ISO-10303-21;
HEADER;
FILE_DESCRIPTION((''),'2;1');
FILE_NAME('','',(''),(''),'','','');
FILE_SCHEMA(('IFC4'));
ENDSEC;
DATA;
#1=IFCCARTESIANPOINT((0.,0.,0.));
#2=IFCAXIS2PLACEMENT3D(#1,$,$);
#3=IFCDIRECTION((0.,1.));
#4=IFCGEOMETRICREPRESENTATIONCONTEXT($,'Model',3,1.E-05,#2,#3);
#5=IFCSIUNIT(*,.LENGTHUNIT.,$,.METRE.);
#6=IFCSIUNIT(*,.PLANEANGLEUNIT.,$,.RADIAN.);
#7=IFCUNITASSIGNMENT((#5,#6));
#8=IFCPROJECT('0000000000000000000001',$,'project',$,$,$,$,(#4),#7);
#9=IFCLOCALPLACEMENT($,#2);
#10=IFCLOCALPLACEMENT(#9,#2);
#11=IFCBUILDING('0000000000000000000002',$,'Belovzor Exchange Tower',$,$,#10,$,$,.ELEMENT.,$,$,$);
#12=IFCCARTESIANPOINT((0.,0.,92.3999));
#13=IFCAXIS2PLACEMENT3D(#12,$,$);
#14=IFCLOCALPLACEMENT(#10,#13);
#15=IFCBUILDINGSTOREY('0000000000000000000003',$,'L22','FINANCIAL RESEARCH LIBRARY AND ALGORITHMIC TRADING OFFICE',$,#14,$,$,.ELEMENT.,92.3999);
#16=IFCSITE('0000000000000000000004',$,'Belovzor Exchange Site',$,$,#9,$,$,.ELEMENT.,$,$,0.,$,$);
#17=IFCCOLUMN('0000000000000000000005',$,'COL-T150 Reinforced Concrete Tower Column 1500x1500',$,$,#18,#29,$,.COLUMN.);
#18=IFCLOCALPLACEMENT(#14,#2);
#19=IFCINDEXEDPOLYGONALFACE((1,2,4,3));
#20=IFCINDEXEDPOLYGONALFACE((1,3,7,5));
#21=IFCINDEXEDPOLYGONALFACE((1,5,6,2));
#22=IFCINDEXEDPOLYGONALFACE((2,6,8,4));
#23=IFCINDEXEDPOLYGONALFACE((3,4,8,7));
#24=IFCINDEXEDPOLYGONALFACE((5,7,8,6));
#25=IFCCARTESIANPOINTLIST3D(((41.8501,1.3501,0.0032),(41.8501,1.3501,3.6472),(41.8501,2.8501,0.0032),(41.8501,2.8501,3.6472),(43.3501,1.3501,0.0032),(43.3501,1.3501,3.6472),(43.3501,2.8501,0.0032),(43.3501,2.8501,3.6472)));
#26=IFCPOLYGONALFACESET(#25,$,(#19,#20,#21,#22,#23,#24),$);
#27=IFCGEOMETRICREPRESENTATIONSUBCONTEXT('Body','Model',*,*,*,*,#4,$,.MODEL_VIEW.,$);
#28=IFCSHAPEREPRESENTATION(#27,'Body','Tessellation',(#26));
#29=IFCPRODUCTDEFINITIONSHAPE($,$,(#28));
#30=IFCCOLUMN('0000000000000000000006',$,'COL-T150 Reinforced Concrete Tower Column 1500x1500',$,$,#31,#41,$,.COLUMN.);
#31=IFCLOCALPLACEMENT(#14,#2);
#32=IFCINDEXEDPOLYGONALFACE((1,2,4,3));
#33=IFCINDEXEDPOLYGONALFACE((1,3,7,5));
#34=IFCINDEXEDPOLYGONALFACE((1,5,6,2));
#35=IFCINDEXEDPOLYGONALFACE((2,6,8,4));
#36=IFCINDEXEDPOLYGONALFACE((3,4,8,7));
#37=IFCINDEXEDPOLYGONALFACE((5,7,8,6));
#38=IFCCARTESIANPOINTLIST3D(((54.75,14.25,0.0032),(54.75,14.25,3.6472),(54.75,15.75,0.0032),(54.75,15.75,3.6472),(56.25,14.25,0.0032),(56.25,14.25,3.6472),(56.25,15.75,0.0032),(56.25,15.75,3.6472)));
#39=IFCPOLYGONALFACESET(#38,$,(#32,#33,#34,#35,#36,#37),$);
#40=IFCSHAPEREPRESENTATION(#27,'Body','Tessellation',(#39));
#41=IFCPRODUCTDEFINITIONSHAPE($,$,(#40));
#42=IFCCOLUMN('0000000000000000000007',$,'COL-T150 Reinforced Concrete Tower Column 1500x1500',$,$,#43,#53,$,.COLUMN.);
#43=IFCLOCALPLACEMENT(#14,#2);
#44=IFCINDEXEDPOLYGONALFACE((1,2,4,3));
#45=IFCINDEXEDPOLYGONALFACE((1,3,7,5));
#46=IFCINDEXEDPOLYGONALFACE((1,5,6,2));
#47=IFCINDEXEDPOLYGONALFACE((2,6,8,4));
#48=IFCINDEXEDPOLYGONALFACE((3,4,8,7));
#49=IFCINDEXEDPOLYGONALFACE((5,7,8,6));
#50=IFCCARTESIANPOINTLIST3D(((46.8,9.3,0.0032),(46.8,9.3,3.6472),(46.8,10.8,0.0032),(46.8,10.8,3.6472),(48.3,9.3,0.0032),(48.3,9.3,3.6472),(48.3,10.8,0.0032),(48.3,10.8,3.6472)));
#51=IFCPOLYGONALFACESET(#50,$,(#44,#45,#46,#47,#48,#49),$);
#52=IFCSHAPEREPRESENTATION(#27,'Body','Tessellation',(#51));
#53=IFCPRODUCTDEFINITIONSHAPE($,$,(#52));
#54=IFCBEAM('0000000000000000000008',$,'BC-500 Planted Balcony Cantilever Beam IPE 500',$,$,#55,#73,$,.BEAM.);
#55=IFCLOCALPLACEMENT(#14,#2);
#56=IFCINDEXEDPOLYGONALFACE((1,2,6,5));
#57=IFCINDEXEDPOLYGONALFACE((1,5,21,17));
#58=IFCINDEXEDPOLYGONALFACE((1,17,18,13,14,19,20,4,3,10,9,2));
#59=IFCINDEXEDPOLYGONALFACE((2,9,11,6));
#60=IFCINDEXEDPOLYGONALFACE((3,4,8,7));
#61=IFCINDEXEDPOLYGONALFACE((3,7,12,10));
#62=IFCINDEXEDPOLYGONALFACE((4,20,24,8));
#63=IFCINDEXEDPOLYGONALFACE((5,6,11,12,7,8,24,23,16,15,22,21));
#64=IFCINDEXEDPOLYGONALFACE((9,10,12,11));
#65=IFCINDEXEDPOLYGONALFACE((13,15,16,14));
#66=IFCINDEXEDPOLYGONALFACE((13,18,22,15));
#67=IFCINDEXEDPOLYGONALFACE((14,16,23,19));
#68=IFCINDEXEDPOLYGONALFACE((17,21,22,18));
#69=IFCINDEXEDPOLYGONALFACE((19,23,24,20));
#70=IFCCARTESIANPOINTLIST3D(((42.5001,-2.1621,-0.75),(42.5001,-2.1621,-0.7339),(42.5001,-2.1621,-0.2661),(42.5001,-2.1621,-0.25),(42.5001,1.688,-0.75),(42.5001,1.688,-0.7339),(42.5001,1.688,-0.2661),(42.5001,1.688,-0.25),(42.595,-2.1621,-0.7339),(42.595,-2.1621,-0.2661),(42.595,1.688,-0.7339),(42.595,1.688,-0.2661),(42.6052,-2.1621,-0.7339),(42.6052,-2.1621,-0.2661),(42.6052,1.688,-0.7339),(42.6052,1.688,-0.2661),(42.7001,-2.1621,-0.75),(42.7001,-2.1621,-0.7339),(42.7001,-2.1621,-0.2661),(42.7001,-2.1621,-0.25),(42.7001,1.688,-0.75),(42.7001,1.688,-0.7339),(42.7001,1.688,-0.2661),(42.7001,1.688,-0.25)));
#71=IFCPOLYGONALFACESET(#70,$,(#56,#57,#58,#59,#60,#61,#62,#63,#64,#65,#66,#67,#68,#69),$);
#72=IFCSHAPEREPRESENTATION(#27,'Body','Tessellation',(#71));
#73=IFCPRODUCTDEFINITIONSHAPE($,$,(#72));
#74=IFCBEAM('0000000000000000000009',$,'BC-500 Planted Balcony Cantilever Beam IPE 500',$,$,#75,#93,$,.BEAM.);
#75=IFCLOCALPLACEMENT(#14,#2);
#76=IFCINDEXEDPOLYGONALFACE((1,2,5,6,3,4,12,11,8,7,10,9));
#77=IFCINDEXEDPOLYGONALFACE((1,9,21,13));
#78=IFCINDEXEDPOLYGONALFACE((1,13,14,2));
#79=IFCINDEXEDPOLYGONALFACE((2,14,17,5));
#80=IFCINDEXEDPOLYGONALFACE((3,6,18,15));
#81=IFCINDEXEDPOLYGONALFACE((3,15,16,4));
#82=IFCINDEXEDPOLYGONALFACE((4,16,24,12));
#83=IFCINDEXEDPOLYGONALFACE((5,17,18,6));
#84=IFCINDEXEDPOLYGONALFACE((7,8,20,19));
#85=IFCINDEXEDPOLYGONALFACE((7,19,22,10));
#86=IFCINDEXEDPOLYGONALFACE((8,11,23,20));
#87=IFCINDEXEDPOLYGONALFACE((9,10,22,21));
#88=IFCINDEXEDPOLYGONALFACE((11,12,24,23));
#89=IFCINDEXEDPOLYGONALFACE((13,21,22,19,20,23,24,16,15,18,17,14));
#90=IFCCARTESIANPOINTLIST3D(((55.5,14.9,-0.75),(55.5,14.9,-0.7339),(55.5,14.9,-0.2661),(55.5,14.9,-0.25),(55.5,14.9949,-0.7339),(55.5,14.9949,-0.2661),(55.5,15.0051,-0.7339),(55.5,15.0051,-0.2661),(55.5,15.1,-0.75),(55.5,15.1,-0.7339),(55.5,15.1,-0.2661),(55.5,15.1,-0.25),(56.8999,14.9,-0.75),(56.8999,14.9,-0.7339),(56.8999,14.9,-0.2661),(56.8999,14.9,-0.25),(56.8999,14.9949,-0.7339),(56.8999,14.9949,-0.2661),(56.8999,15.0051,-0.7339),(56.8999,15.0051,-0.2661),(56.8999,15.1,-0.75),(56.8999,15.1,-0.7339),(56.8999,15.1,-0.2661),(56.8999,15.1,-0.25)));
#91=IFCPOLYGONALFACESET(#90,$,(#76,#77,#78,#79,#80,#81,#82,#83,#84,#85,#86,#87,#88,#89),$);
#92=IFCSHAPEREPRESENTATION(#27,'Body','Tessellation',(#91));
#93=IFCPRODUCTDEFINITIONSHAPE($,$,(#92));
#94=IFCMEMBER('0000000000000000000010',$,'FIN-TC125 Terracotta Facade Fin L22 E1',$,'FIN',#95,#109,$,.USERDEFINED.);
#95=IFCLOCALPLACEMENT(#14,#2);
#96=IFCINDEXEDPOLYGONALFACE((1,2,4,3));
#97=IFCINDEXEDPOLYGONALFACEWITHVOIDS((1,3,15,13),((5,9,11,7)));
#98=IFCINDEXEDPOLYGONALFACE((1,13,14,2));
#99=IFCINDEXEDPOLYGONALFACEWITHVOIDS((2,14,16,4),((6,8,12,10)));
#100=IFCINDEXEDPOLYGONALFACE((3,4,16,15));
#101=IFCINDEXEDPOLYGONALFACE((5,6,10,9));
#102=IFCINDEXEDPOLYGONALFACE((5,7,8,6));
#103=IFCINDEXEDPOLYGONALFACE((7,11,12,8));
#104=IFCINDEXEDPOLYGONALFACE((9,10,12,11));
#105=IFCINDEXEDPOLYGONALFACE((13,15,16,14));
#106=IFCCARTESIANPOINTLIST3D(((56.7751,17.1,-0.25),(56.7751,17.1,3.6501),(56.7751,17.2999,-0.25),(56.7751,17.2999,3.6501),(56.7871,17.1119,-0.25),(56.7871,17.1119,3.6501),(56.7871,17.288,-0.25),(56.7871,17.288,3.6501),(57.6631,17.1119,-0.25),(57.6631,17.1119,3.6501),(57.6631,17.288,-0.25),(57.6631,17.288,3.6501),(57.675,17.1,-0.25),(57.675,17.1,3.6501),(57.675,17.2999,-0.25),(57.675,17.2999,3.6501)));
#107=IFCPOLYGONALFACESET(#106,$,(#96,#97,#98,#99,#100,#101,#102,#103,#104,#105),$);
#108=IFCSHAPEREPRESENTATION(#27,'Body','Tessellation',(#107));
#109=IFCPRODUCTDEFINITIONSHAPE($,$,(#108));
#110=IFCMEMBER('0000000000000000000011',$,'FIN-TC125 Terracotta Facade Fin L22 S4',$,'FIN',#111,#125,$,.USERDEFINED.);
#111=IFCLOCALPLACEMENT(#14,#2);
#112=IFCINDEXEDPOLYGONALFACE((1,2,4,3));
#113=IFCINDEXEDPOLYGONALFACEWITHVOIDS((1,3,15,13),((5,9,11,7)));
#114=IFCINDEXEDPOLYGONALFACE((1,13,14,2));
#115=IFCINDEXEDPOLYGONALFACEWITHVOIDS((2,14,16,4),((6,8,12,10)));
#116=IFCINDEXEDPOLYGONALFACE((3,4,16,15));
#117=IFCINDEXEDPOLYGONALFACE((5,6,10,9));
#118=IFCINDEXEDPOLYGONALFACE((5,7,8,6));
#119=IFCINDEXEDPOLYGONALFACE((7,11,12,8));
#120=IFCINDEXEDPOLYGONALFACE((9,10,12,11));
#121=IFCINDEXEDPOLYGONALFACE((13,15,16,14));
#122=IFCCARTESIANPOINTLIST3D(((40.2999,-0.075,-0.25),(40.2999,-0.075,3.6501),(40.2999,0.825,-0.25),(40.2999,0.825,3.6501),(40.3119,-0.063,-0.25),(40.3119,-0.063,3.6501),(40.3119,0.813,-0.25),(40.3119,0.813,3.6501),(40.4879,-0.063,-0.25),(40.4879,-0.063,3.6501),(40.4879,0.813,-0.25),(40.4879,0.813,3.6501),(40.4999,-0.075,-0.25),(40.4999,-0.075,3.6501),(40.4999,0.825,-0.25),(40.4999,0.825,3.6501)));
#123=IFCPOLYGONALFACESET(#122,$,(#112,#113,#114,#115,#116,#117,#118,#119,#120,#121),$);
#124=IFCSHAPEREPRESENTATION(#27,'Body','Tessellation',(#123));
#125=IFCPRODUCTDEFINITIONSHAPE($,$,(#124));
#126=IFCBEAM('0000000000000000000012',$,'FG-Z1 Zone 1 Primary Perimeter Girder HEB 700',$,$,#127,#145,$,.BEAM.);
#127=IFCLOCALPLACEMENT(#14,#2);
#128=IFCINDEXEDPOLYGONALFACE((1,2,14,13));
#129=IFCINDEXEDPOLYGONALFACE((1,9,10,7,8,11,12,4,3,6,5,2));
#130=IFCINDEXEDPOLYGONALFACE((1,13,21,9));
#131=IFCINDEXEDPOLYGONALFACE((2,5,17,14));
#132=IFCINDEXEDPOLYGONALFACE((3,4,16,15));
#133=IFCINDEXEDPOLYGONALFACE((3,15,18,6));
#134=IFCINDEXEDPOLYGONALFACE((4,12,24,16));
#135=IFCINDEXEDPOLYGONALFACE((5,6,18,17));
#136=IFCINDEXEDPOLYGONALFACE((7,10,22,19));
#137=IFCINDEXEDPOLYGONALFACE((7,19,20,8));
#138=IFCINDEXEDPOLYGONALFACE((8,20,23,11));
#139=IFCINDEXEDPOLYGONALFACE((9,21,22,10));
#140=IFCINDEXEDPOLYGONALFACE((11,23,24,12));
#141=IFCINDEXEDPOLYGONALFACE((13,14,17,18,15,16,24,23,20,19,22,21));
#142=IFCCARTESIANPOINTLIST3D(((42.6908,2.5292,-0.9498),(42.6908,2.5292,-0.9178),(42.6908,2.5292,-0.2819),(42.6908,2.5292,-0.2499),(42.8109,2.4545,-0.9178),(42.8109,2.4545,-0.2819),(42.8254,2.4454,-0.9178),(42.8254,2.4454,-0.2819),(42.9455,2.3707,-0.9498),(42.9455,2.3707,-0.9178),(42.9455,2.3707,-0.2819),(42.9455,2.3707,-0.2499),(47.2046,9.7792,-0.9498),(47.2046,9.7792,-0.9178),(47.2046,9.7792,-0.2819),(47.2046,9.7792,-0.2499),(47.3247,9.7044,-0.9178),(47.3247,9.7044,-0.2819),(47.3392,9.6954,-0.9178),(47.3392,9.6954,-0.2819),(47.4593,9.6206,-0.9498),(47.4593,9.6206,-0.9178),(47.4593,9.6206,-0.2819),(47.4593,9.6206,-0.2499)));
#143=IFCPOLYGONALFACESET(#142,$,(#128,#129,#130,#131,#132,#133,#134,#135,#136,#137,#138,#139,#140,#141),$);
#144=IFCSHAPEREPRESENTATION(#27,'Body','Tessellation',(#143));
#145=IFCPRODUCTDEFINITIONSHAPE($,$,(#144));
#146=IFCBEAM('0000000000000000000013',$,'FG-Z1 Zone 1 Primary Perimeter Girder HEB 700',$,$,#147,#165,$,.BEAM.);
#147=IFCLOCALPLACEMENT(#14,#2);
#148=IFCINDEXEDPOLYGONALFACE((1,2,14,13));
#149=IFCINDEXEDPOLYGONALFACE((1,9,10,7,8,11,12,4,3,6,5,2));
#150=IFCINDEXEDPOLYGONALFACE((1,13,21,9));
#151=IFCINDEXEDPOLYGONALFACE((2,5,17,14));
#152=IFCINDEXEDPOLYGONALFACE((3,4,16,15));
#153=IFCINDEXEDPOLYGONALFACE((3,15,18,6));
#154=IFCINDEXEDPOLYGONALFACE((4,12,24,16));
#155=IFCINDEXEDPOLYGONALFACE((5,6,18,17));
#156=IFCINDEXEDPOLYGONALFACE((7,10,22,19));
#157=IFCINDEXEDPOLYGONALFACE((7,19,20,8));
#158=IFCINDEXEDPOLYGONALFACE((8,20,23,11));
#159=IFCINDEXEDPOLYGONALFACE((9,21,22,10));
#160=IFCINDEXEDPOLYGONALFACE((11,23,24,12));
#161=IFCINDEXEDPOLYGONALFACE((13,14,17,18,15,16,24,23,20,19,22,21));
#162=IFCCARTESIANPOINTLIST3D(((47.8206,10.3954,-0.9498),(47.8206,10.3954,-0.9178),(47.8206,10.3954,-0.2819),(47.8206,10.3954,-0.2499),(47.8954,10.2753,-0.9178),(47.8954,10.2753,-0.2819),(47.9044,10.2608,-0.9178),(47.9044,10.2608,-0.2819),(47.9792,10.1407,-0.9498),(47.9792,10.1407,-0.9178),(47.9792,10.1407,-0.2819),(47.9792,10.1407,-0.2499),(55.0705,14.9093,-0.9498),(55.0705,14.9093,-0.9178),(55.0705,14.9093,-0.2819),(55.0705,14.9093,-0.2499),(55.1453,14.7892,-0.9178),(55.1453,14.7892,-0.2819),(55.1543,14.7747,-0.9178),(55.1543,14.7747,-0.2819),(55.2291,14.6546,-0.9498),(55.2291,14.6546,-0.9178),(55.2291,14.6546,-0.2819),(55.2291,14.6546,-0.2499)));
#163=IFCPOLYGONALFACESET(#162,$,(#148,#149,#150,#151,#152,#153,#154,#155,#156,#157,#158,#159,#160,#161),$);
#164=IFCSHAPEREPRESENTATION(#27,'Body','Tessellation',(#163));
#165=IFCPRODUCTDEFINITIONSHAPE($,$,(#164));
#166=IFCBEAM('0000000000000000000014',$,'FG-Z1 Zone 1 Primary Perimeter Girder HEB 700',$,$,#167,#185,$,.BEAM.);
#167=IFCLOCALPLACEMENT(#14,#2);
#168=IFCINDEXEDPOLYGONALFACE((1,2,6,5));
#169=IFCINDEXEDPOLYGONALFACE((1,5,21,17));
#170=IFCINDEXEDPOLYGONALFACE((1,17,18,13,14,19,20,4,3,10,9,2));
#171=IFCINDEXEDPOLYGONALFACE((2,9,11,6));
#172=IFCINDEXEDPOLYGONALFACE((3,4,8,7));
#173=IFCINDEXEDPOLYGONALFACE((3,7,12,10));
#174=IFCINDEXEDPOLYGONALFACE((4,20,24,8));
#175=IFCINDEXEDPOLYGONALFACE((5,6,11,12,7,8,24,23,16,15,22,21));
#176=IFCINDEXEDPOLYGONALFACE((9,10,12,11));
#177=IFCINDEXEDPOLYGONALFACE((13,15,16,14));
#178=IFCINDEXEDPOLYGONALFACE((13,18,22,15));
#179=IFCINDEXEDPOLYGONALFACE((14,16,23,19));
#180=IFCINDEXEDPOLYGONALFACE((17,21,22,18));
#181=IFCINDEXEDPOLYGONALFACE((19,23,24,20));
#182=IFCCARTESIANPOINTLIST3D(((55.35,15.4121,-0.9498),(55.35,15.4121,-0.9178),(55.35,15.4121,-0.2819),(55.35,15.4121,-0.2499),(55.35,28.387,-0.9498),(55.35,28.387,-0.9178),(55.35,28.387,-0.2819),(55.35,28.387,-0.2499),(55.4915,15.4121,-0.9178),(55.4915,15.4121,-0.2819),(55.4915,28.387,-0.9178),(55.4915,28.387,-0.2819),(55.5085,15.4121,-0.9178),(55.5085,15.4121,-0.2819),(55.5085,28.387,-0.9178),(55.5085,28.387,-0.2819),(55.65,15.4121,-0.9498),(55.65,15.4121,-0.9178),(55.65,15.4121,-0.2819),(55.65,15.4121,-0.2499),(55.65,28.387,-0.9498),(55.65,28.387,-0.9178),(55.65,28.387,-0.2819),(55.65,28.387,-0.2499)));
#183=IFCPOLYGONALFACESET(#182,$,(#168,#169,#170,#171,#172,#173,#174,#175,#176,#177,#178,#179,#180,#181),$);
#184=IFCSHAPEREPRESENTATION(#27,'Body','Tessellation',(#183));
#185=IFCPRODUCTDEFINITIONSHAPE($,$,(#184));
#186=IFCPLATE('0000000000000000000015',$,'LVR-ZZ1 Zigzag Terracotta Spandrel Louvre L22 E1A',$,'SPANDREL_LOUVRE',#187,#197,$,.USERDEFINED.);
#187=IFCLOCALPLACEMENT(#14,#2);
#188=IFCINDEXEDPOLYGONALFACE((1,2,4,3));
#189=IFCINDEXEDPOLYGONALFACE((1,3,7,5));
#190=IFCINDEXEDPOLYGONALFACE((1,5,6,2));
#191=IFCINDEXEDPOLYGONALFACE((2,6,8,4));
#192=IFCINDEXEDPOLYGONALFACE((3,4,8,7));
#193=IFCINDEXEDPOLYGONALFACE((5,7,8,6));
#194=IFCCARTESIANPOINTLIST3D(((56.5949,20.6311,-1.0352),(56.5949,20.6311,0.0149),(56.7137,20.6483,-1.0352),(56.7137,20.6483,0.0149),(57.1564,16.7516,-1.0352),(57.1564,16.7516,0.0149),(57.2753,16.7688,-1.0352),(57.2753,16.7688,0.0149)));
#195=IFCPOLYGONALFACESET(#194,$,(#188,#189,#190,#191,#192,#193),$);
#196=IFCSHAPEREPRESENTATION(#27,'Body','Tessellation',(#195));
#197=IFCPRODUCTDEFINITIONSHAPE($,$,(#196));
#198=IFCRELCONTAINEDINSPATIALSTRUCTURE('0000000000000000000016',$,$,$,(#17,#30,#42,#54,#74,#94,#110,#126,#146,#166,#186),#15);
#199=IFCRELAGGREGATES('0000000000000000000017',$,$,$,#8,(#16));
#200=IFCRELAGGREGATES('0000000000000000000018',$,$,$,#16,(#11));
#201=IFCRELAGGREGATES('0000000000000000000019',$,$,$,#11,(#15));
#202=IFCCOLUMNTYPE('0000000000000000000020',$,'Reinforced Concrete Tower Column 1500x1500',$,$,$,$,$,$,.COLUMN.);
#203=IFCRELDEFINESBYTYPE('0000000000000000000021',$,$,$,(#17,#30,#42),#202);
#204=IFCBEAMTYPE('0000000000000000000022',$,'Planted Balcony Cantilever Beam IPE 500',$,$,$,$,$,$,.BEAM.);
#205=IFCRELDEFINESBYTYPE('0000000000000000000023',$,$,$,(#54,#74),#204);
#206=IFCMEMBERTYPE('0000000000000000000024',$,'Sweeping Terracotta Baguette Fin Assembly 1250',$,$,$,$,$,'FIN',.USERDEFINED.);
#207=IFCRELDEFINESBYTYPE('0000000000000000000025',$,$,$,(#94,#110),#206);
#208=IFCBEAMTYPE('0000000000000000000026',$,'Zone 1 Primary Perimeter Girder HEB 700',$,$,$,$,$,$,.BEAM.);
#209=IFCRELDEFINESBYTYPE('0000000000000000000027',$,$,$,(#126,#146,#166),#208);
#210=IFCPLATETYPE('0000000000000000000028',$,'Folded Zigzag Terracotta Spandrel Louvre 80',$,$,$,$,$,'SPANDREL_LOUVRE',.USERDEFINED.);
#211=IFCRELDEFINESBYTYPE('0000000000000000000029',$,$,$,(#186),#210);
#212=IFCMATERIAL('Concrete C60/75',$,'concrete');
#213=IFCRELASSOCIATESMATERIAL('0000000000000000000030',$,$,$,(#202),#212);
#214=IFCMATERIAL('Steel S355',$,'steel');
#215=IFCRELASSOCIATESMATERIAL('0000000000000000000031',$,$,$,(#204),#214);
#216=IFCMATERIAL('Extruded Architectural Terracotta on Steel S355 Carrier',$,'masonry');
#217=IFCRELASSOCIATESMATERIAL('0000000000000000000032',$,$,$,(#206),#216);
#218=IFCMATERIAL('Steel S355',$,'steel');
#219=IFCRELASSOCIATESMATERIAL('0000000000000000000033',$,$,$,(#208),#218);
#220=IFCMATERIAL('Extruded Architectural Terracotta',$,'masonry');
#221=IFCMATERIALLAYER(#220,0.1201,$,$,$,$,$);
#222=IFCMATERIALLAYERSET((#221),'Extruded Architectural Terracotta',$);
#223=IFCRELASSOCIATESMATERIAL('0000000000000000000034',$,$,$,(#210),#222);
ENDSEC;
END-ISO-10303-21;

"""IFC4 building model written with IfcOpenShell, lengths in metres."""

from ifc_helpers import new_model, si_unit, direction, frame, origin, origin_2d, place, context, subcontext, project, spatial, rectangle, hollow_rectangle, i_section, extrude, material, layer, layer_set, material_profile, profile_set, type_object, element, save


model = new_model("IFC4")

# Units and contexts
model_context = context("Model", 3, precision=1e-05, world=origin(), true_north=direction((0.0, 1.0)))
body_context = subcontext(model_context, "Body", "Model", "MODEL_VIEW")
ifc_project = project(units=[si_unit("LENGTHUNIT", "METRE"), si_unit("PLANEANGLEUNIT", "RADIAN")], contexts=[model_context])

# Site, building, storey
site_placement = place(None, origin())
site = spatial("IfcSite", under=ifc_project, at=site_placement, Name="Belovzor Exchange Site", CompositionType="ELEMENT", RefElevation=0.0)
building_placement = place(site_placement, origin())
building = spatial("IfcBuilding", under=site, at=building_placement, Name="Belovzor Exchange Tower", CompositionType="ELEMENT")
storey_placement = place(building_placement, frame((0.0, 0.0, 92.3999)))
storey = spatial("IfcBuildingStorey", under=building, at=storey_placement, Name="L22", Description="FINANCIAL RESEARCH LIBRARY AND ALGORITHMIC TRADING OFFICE", CompositionType="ELEMENT", Elevation=92.3999)

# Columns
ifc_material_1 = material(Name="Concrete C60/75", Category="concrete")
ifc_material_profile_1 = material_profile(ifc_material_1, rectangle(XDim=1.5, YDim=1.5, at=origin_2d()))
ifc_profile_set_1 = profile_set([ifc_material_profile_1], Name="Concrete C60/75")
column_type = type_object("IfcColumnType", Name="Reinforced Concrete Tower Column 1500x1500", PredefinedType="COLUMN", material=ifc_profile_set_1)
for number, where, z_axis, x_axis, name in (
    (1, (42.6001, 2.1001, 0.0032), (0.0, 0.0, 1.0), (1.0, 0.0, 0.0), "COL-T150 Reinforced Concrete Tower Column 1500x1500"),
    (2, (55.5, 15.0, 0.0032), (0.0, 0.0, 1.0), (1.0, 0.0, 0.0), "COL-T150 Reinforced Concrete Tower Column 1500x1500"),
    (3, (47.55, 10.05, 0.0032), (0.0, 0.0, 1.0), (1.0, 0.0, 0.0), "COL-T150 Reinforced Concrete Tower Column 1500x1500"),
):
    element("IfcColumn", number, at=place(storey_placement, frame(where, z_axis=z_axis, x_axis=x_axis)), inside=storey, type_object=column_type, Name=name, PredefinedType="COLUMN", context=body_context, shape_type="SweptSolid", body=[
        extrude(rectangle(XDim=1.5, YDim=1.5, at=origin_2d()), origin(), (0.0, 0.0, 1.0), 3.644),
    ])

# Beams
ifc_material_2 = material(Name="Steel S355", Category="steel")
ifc_material_profile_2 = material_profile(ifc_material_2, i_section(OverallWidth=0.2, OverallDepth=0.5, WebThickness=0.0103, FlangeThickness=0.0161, at=origin_2d()))
ifc_profile_set_2 = profile_set([ifc_material_profile_2], Name="Steel S355")
beam_type_1 = type_object("IfcBeamType", Name="Planted Balcony Cantilever Beam IPE 500", PredefinedType="BEAM", material=ifc_profile_set_2)
beam_1_placement = place(storey_placement, frame((42.6001, 1.688, -0.5), z_axis=(0.0, -1.0, 0.0), x_axis=(1.0, 0.0, 0.0)))
element("IfcBeam", 4, at=beam_1_placement, inside=storey, type_object=beam_type_1, Name="BC-500 Planted Balcony Cantilever Beam IPE 500", PredefinedType="BEAM", context=body_context, shape_type="SweptSolid", body=[
    extrude(i_section(OverallWidth=0.2, OverallDepth=0.5, WebThickness=0.0103, FlangeThickness=0.0161, at=origin_2d()), origin(), (0.0, 0.0, 1.0), 3.8501),
])
beam_2_placement = place(storey_placement, frame((55.5, 15.0, -0.5), z_axis=(1.0, 0.0, 0.0), x_axis=(0.0, 1.0, 0.0)))
element("IfcBeam", 5, at=beam_2_placement, inside=storey, type_object=beam_type_1, Name="BC-500 Planted Balcony Cantilever Beam IPE 500", PredefinedType="BEAM", context=body_context, shape_type="SweptSolid", body=[
    extrude(i_section(OverallWidth=0.2, OverallDepth=0.5, WebThickness=0.0103, FlangeThickness=0.0161, at=origin_2d()), origin(), (0.0, 0.0, 1.0), 1.3999),
])

# Members
ifc_material_3 = material(Name="Extruded Architectural Terracotta on Steel S355 Carrier", Category="masonry")
ifc_material_profile_3 = material_profile(ifc_material_3, hollow_rectangle(XDim=0.2, YDim=0.8999, WallThickness=0.012, at=origin_2d()))
ifc_profile_set_3 = profile_set([ifc_material_profile_3], Name="Extruded Architectural Terracotta on Steel S355 Carrier")
member_type = type_object("IfcMemberType", Name="Sweeping Terracotta Baguette Fin Assembly 1250", ElementType="FIN", PredefinedType="USERDEFINED", material=ifc_profile_set_3)
for number, where, z_axis, x_axis, name in (
    (6, (57.2251, 17.2, -0.25), (0.0, 0.0, 1.0), (0.0, 1.0, 0.0), "FIN-TC125 Terracotta Facade Fin L22 E1"),
    (7, (40.3999, 0.375, -0.25), (0.0, 0.0, 1.0), (1.0, 0.0, 0.0), "FIN-TC125 Terracotta Facade Fin L22 S4"),
):
    element("IfcMember", number, at=place(storey_placement, frame(where, z_axis=z_axis, x_axis=x_axis)), inside=storey, type_object=member_type, Name=name, ObjectType="FIN", PredefinedType="USERDEFINED", context=body_context, shape_type="SweptSolid", body=[
        extrude(hollow_rectangle(XDim=0.2, YDim=0.8999, WallThickness=0.012, at=origin_2d()), origin(), (0.0, 0.0, 1.0), 3.9001),
    ])

# Beams
ifc_material_4 = material(Name="Steel S355", Category="steel")
ifc_material_profile_4 = material_profile(ifc_material_4, i_section(OverallWidth=0.3, OverallDepth=0.7, WebThickness=0.0171, FlangeThickness=0.032, at=origin_2d()))
ifc_profile_set_4 = profile_set([ifc_material_profile_4], Name="Steel S355")
beam_type_2 = type_object("IfcBeamType", Name="Zone 1 Primary Perimeter Girder HEB 700", PredefinedType="BEAM", material=ifc_profile_set_4)
for number, where, z_axis, x_axis, name in (
    (8, (42.8181, 2.45, -0.5999), (0.528539, 0.848909, 0.0), (-0.848909, 0.528539, 0.0), "FG-Z1 Zone 1 Primary Perimeter Girder HEB 700"),
    (9, (47.8999, 10.2681, -0.5999), (0.848909, 0.528539, 0.0), (-0.528539, 0.848909, 0.0), "FG-Z1 Zone 1 Primary Perimeter Girder HEB 700"),
):
    element("IfcBeam", number, at=place(storey_placement, frame(where, z_axis=z_axis, x_axis=x_axis)), inside=storey, type_object=beam_type_2, Name=name, PredefinedType="BEAM", context=body_context, shape_type="SweptSolid", body=[
        extrude(i_section(OverallWidth=0.3, OverallDepth=0.7, WebThickness=0.0171, FlangeThickness=0.032, at=origin_2d()), origin(), (0.0, 0.0, 1.0), 8.5403),
    ])
beam_3_placement = place(storey_placement, frame((55.5, 15.4121, -0.5999), z_axis=(0.0, 1.0, 0.0), x_axis=(-1.0, 0.0, 0.0)))
element("IfcBeam", 10, at=beam_3_placement, inside=storey, type_object=beam_type_2, Name="FG-Z1 Zone 1 Primary Perimeter Girder HEB 700", PredefinedType="BEAM", context=body_context, shape_type="SweptSolid", body=[
    extrude(i_section(OverallWidth=0.3, OverallDepth=0.7, WebThickness=0.0171, FlangeThickness=0.032, at=origin_2d()), origin(), (0.0, 0.0, 1.0), 12.9749),
])

# Plate
ifc_material_5 = material(Name="Extruded Architectural Terracotta", Category="masonry")
ifc_layer_1 = layer(ifc_material_5, 0.1201)
ifc_layer_set_1 = layer_set([ifc_layer_1], Name="Extruded Architectural Terracotta")
plate_type = type_object("IfcPlateType", Name="Folded Zigzag Terracotta Spandrel Louvre 80", ElementType="SPANDREL_LOUVRE", PredefinedType="USERDEFINED", material=ifc_layer_set_1)
plate_placement = place(storey_placement, frame((56.9351, 18.7, -1.0352), z_axis=(0.0, 0.0, 1.0), x_axis=(-0.143251, 0.989686, 0.0)))
element("IfcPlate", 11, at=plate_placement, inside=storey, type_object=plate_type, Name="LVR-ZZ1 Zigzag Terracotta Spandrel Louvre L22 E1A", ObjectType="SPANDREL_LOUVRE", PredefinedType="USERDEFINED", context=body_context, shape_type="SweptSolid", body=[
    extrude(rectangle(XDim=3.9199, YDim=0.1201, at=origin_2d()), origin(), (0.0, 0.0, 1.0), 1.05),
])

save(model, "model.ifc")
